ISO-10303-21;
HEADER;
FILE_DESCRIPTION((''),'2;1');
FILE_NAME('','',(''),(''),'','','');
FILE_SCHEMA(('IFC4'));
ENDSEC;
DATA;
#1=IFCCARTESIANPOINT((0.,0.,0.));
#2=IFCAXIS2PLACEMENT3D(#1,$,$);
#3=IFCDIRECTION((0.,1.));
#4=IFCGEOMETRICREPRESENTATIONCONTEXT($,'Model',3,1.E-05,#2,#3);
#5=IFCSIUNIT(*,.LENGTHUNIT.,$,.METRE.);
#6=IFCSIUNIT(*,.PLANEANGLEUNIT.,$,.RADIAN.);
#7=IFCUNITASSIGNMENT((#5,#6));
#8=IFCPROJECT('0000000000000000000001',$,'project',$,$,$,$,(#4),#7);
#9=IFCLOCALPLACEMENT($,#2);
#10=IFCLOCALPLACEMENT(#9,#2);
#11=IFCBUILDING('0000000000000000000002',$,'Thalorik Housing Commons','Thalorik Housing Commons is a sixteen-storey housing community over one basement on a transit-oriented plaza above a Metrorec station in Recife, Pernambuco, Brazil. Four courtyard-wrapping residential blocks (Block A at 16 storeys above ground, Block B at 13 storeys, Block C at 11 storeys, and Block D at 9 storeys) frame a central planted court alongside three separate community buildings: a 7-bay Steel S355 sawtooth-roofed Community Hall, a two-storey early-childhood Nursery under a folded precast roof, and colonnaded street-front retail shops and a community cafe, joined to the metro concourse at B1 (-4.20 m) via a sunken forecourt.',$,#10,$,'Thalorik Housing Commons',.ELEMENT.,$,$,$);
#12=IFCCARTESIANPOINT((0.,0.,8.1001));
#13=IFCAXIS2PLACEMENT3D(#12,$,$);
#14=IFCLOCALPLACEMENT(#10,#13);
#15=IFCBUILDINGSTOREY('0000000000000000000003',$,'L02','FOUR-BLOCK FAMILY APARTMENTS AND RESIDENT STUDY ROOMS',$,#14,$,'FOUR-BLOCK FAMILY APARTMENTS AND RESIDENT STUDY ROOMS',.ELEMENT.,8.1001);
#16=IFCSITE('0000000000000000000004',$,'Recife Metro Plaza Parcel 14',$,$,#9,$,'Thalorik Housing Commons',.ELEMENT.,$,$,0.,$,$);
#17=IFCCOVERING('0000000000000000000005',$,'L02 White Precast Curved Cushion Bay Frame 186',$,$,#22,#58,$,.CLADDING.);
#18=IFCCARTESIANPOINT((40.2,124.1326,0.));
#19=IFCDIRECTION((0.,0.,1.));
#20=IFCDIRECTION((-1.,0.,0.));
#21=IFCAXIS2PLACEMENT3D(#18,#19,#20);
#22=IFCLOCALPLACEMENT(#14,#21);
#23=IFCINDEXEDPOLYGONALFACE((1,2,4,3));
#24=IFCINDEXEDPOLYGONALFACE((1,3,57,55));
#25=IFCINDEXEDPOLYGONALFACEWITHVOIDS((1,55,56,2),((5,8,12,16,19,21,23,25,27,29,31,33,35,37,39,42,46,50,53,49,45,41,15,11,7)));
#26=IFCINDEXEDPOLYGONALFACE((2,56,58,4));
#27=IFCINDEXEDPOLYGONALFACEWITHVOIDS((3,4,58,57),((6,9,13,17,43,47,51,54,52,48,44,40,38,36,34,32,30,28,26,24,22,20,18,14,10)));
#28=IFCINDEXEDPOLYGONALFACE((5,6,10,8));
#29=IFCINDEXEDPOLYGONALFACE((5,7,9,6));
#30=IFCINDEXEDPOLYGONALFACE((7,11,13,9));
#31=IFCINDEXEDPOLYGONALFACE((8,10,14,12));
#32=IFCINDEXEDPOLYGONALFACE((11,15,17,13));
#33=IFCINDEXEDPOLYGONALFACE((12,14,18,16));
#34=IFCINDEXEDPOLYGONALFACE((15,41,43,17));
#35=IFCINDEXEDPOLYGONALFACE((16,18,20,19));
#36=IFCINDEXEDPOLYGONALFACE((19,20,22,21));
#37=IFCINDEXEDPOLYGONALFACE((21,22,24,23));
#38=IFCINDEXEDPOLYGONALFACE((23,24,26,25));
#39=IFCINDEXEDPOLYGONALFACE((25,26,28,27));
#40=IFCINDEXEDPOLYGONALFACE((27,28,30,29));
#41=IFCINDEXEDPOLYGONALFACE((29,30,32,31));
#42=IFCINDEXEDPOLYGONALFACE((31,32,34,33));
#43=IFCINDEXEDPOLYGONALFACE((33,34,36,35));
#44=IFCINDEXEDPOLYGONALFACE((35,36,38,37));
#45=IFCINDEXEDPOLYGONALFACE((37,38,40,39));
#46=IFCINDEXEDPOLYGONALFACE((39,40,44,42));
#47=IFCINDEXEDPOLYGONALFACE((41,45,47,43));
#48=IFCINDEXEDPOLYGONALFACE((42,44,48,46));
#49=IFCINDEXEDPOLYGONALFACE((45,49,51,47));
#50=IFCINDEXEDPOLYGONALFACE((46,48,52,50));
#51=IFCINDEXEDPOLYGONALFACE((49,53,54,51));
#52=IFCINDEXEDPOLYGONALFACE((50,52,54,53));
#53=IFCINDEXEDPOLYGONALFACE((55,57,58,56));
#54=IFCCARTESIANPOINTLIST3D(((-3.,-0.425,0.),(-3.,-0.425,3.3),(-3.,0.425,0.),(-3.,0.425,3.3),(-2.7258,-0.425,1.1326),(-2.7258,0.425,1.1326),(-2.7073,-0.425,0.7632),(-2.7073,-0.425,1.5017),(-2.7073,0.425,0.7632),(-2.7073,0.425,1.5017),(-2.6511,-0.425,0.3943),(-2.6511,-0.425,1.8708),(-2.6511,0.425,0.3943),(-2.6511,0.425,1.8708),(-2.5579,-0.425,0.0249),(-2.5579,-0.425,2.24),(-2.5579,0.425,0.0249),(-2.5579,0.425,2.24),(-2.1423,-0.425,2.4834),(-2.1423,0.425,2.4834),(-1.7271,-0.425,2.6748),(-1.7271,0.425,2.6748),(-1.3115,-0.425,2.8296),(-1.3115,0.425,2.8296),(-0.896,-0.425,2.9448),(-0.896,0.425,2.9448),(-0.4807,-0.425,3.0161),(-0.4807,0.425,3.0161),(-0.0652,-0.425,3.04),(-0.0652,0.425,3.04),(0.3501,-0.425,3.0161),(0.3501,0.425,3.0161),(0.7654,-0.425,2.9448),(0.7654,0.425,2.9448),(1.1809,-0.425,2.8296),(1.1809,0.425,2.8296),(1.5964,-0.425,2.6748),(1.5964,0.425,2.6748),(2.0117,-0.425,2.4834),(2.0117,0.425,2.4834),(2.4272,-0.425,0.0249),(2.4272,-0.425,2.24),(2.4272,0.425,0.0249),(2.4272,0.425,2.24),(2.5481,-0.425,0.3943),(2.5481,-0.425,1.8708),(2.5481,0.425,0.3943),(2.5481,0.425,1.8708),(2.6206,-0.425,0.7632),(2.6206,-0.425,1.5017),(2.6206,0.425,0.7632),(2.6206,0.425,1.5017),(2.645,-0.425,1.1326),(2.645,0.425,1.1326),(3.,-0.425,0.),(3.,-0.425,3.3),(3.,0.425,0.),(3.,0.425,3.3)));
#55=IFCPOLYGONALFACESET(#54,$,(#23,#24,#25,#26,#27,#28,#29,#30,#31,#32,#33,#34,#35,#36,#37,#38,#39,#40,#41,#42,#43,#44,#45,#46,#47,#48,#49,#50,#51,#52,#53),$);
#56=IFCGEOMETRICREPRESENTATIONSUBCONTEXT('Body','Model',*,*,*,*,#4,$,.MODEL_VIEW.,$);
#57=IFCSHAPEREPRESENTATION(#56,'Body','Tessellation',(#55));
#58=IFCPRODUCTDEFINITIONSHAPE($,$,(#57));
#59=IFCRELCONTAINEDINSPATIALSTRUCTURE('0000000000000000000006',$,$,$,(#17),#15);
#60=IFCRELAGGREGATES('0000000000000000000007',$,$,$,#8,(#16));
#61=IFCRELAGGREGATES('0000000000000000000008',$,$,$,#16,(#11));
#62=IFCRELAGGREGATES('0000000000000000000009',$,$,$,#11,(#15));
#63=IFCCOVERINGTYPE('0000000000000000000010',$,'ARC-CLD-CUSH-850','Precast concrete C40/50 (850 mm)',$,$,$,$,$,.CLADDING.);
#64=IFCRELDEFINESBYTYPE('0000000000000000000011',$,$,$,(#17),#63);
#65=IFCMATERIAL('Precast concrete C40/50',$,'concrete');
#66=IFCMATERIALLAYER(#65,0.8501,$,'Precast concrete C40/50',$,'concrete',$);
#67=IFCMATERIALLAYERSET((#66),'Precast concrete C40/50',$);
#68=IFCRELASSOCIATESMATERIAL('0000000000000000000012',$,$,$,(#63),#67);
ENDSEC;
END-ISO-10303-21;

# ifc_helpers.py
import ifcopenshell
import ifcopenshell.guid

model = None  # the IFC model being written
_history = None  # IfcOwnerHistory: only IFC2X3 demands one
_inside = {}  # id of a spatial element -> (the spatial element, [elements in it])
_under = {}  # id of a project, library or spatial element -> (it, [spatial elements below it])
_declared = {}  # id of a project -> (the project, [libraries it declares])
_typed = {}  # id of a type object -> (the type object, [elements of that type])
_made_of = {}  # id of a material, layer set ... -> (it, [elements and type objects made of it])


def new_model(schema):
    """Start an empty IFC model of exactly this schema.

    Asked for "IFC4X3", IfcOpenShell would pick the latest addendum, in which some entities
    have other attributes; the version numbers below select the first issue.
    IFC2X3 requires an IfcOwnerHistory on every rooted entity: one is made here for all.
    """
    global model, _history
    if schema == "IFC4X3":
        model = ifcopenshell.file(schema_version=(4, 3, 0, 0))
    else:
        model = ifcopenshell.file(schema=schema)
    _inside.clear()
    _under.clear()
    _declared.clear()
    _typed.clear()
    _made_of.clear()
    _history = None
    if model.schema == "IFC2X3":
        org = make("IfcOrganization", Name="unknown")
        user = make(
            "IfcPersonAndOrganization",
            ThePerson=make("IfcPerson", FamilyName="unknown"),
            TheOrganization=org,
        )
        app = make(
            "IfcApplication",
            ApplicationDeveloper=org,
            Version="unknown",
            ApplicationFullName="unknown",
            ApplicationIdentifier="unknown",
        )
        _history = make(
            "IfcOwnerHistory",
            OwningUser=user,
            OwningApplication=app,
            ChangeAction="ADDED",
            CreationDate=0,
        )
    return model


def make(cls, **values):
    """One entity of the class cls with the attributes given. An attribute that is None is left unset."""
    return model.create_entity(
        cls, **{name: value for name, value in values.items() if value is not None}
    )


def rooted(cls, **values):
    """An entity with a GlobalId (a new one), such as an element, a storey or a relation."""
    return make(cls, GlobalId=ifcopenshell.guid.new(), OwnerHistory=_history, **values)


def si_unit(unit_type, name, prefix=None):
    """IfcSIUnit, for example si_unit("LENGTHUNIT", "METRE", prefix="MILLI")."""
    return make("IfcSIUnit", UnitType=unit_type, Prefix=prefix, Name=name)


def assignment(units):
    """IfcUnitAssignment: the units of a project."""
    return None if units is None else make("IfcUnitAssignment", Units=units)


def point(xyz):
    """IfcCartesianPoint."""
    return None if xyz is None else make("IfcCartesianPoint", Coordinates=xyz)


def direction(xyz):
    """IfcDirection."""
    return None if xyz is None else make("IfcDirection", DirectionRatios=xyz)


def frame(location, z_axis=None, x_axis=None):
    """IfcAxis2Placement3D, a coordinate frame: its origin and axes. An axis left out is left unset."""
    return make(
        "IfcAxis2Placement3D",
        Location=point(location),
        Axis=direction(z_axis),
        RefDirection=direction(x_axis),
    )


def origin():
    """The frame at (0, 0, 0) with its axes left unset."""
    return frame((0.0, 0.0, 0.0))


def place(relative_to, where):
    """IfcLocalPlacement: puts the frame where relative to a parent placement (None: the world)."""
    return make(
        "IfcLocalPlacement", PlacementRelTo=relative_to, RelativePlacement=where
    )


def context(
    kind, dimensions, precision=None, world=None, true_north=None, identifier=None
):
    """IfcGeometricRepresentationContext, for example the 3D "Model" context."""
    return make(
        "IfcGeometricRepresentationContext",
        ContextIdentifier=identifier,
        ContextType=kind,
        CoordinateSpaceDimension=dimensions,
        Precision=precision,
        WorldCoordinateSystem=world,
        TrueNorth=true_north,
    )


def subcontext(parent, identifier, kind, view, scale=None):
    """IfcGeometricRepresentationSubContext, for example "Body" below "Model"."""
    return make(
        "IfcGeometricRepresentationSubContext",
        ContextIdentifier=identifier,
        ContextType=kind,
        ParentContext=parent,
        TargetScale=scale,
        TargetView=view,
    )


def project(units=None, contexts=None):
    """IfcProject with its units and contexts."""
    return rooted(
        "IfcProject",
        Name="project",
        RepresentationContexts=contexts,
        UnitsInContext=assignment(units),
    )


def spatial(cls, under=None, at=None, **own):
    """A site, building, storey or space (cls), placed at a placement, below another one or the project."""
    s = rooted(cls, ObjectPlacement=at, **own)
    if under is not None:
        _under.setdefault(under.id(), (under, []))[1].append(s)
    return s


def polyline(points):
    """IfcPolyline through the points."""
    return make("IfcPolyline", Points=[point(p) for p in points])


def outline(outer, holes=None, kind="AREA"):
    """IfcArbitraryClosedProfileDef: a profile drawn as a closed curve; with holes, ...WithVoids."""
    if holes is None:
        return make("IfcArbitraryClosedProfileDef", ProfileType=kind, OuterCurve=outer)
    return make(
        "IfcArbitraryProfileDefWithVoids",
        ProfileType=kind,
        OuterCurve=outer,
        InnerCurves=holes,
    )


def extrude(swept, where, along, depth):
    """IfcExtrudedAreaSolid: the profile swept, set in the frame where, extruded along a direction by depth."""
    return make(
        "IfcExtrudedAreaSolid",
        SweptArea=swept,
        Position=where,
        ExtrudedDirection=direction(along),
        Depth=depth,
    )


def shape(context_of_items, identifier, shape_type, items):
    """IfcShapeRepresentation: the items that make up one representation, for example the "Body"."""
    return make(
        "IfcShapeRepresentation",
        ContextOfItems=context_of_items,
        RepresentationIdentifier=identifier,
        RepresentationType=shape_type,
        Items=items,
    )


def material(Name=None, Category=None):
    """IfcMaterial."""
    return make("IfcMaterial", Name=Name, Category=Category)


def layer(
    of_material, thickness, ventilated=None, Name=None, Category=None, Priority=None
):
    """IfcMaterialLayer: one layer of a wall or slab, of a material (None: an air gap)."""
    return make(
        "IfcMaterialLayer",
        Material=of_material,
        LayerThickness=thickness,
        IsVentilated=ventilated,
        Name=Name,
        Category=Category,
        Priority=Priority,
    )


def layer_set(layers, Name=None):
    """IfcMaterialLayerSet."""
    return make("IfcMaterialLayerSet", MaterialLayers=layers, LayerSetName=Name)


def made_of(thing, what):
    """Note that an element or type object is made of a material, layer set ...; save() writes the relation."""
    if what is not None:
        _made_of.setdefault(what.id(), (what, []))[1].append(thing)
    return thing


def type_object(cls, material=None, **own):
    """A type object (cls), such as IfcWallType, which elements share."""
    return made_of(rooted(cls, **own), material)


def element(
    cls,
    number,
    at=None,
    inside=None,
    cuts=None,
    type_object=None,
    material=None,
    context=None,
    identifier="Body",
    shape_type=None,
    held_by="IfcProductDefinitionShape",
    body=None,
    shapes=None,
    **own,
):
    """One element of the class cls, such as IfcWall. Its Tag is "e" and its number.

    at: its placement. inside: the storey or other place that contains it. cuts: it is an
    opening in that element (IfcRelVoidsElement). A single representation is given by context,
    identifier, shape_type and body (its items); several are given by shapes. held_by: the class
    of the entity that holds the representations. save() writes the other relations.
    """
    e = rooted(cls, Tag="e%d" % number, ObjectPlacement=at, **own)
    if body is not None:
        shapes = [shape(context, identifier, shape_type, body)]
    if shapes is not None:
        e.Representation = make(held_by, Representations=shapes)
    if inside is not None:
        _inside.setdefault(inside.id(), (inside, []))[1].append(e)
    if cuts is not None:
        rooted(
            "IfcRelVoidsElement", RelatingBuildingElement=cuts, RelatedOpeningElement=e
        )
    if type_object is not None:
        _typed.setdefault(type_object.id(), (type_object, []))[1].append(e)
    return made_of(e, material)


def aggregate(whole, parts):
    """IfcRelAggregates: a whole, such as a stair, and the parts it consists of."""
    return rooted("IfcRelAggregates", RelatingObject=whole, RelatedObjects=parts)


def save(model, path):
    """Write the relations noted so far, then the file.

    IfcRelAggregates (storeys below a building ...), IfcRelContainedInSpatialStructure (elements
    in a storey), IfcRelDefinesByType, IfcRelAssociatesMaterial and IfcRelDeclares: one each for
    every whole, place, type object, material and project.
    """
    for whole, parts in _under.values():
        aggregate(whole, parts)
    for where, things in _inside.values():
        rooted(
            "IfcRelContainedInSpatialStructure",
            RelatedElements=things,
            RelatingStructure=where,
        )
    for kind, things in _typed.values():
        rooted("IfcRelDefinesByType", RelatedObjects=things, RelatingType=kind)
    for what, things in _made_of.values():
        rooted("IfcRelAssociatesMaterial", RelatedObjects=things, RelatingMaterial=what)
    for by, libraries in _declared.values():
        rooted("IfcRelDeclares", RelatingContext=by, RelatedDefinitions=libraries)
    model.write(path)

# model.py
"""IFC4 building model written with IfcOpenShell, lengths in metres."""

from ifc_helpers import new_model, si_unit, direction, frame, origin, place, context, subcontext, project, spatial, polyline, outline, extrude, material, layer, layer_set, type_object, element, save


model = new_model("IFC4")

# Units and contexts
model_context = context("Model", 3, precision=1e-05, world=origin(), true_north=direction((0.0, 1.0)))
body_context = subcontext(model_context, "Body", "Model", "MODEL_VIEW")
ifc_project = project(units=[si_unit("LENGTHUNIT", "METRE"), si_unit("PLANEANGLEUNIT", "RADIAN")], contexts=[model_context])

# Site, building, storey
site_placement = place(None, origin())
site = spatial("IfcSite", under=ifc_project, at=site_placement, Name="Recife Metro Plaza Parcel 14", LongName="Thalorik Housing Commons", CompositionType="ELEMENT", RefElevation=0.0)
building_placement = place(site_placement, origin())
building = spatial("IfcBuilding", under=site, at=building_placement, Name="Thalorik Housing Commons", Description="Thalorik Housing Commons is a sixteen-storey housing community over one basement on a transit-oriented plaza above a Metrorec station in Recife, Pernambuco, Brazil. Four courtyard-wrapping residential blocks (Block A at 16 storeys above ground, Block B at 13 storeys, Block C at 11 storeys, and Block D at 9 storeys) frame a central planted court alongside three separate community buildings: a 7-bay Steel S355 sawtooth-roofed Community Hall, a two-storey early-childhood Nursery under a folded precast roof, and colonnaded street-front retail shops and a community cafe, joined to the metro concourse at B1 (-4.20 m) via a sunken forecourt.", LongName="Thalorik Housing Commons", CompositionType="ELEMENT")
storey_placement = place(building_placement, frame((0.0, 0.0, 8.1001)))
storey = spatial("IfcBuildingStorey", under=building, at=storey_placement, Name="L02", Description="FOUR-BLOCK FAMILY APARTMENTS AND RESIDENT STUDY ROOMS", LongName="FOUR-BLOCK FAMILY APARTMENTS AND RESIDENT STUDY ROOMS", CompositionType="ELEMENT", Elevation=8.1001)

# Shared definitions
ifc_material_1 = material(Name="Precast concrete C40/50", Category="concrete")

# Covering
ifc_layer_1 = layer(ifc_material_1, 0.8501, Name="Precast concrete C40/50", Category="concrete")
ifc_layer_set_1 = layer_set([ifc_layer_1], Name="Precast concrete C40/50")
covering_type_1 = type_object("IfcCoveringType", Name="ARC-CLD-CUSH-850", Description="Precast concrete C40/50 (850 mm)", PredefinedType="CLADDING", material=ifc_layer_set_1)
covering_1_placement = place(storey_placement, frame((40.2, 124.1326, 0.0), z_axis=(0.0, 0.0, 1.0), x_axis=(-1.0, 0.0, 0.0)))
element("IfcCovering", 1, at=covering_1_placement, inside=storey, type_object=covering_type_1, Name="L02 White Precast Curved Cushion Bay Frame 186", PredefinedType="CLADDING", context=body_context, shape_type="SweptSolid", body=[
    extrude(outline(polyline([(-3.0, 0.0), (3.0, 0.0), (3.0, 3.3), (-3.0, 3.3), (-3.0, 0.0)]), holes=[polyline([(2.4272, 0.0249), (2.5481, 0.3943), (2.6206, 0.7632), (2.645, 1.1326), (2.6206, 1.5017), (2.5481, 1.8708), (2.4272, 2.24), (2.0117, 2.4834), (1.5964, 2.6748), (1.1809, 2.8296), (0.7654, 2.9448), (0.3501, 3.0161), (-0.0652, 3.04), (-0.4807, 3.0161), (-0.896, 2.9448), (-1.3115, 2.8296), (-1.7271, 2.6748), (-2.1423, 2.4834), (-2.5579, 2.24), (-2.6511, 1.8708), (-2.7073, 1.5017), (-2.7258, 1.1326), (-2.7073, 0.7632), (-2.6511, 0.3943), (-2.5579, 0.0249), (2.4272, 0.0249)])]), frame((0.0, 0.425, 0.0), z_axis=(0.0, -1.0, 0.0), x_axis=(1.0, 0.0, 0.0)), (0.0, 0.0, 1.0), 0.8501),
])

save(model, "model.ifc")
